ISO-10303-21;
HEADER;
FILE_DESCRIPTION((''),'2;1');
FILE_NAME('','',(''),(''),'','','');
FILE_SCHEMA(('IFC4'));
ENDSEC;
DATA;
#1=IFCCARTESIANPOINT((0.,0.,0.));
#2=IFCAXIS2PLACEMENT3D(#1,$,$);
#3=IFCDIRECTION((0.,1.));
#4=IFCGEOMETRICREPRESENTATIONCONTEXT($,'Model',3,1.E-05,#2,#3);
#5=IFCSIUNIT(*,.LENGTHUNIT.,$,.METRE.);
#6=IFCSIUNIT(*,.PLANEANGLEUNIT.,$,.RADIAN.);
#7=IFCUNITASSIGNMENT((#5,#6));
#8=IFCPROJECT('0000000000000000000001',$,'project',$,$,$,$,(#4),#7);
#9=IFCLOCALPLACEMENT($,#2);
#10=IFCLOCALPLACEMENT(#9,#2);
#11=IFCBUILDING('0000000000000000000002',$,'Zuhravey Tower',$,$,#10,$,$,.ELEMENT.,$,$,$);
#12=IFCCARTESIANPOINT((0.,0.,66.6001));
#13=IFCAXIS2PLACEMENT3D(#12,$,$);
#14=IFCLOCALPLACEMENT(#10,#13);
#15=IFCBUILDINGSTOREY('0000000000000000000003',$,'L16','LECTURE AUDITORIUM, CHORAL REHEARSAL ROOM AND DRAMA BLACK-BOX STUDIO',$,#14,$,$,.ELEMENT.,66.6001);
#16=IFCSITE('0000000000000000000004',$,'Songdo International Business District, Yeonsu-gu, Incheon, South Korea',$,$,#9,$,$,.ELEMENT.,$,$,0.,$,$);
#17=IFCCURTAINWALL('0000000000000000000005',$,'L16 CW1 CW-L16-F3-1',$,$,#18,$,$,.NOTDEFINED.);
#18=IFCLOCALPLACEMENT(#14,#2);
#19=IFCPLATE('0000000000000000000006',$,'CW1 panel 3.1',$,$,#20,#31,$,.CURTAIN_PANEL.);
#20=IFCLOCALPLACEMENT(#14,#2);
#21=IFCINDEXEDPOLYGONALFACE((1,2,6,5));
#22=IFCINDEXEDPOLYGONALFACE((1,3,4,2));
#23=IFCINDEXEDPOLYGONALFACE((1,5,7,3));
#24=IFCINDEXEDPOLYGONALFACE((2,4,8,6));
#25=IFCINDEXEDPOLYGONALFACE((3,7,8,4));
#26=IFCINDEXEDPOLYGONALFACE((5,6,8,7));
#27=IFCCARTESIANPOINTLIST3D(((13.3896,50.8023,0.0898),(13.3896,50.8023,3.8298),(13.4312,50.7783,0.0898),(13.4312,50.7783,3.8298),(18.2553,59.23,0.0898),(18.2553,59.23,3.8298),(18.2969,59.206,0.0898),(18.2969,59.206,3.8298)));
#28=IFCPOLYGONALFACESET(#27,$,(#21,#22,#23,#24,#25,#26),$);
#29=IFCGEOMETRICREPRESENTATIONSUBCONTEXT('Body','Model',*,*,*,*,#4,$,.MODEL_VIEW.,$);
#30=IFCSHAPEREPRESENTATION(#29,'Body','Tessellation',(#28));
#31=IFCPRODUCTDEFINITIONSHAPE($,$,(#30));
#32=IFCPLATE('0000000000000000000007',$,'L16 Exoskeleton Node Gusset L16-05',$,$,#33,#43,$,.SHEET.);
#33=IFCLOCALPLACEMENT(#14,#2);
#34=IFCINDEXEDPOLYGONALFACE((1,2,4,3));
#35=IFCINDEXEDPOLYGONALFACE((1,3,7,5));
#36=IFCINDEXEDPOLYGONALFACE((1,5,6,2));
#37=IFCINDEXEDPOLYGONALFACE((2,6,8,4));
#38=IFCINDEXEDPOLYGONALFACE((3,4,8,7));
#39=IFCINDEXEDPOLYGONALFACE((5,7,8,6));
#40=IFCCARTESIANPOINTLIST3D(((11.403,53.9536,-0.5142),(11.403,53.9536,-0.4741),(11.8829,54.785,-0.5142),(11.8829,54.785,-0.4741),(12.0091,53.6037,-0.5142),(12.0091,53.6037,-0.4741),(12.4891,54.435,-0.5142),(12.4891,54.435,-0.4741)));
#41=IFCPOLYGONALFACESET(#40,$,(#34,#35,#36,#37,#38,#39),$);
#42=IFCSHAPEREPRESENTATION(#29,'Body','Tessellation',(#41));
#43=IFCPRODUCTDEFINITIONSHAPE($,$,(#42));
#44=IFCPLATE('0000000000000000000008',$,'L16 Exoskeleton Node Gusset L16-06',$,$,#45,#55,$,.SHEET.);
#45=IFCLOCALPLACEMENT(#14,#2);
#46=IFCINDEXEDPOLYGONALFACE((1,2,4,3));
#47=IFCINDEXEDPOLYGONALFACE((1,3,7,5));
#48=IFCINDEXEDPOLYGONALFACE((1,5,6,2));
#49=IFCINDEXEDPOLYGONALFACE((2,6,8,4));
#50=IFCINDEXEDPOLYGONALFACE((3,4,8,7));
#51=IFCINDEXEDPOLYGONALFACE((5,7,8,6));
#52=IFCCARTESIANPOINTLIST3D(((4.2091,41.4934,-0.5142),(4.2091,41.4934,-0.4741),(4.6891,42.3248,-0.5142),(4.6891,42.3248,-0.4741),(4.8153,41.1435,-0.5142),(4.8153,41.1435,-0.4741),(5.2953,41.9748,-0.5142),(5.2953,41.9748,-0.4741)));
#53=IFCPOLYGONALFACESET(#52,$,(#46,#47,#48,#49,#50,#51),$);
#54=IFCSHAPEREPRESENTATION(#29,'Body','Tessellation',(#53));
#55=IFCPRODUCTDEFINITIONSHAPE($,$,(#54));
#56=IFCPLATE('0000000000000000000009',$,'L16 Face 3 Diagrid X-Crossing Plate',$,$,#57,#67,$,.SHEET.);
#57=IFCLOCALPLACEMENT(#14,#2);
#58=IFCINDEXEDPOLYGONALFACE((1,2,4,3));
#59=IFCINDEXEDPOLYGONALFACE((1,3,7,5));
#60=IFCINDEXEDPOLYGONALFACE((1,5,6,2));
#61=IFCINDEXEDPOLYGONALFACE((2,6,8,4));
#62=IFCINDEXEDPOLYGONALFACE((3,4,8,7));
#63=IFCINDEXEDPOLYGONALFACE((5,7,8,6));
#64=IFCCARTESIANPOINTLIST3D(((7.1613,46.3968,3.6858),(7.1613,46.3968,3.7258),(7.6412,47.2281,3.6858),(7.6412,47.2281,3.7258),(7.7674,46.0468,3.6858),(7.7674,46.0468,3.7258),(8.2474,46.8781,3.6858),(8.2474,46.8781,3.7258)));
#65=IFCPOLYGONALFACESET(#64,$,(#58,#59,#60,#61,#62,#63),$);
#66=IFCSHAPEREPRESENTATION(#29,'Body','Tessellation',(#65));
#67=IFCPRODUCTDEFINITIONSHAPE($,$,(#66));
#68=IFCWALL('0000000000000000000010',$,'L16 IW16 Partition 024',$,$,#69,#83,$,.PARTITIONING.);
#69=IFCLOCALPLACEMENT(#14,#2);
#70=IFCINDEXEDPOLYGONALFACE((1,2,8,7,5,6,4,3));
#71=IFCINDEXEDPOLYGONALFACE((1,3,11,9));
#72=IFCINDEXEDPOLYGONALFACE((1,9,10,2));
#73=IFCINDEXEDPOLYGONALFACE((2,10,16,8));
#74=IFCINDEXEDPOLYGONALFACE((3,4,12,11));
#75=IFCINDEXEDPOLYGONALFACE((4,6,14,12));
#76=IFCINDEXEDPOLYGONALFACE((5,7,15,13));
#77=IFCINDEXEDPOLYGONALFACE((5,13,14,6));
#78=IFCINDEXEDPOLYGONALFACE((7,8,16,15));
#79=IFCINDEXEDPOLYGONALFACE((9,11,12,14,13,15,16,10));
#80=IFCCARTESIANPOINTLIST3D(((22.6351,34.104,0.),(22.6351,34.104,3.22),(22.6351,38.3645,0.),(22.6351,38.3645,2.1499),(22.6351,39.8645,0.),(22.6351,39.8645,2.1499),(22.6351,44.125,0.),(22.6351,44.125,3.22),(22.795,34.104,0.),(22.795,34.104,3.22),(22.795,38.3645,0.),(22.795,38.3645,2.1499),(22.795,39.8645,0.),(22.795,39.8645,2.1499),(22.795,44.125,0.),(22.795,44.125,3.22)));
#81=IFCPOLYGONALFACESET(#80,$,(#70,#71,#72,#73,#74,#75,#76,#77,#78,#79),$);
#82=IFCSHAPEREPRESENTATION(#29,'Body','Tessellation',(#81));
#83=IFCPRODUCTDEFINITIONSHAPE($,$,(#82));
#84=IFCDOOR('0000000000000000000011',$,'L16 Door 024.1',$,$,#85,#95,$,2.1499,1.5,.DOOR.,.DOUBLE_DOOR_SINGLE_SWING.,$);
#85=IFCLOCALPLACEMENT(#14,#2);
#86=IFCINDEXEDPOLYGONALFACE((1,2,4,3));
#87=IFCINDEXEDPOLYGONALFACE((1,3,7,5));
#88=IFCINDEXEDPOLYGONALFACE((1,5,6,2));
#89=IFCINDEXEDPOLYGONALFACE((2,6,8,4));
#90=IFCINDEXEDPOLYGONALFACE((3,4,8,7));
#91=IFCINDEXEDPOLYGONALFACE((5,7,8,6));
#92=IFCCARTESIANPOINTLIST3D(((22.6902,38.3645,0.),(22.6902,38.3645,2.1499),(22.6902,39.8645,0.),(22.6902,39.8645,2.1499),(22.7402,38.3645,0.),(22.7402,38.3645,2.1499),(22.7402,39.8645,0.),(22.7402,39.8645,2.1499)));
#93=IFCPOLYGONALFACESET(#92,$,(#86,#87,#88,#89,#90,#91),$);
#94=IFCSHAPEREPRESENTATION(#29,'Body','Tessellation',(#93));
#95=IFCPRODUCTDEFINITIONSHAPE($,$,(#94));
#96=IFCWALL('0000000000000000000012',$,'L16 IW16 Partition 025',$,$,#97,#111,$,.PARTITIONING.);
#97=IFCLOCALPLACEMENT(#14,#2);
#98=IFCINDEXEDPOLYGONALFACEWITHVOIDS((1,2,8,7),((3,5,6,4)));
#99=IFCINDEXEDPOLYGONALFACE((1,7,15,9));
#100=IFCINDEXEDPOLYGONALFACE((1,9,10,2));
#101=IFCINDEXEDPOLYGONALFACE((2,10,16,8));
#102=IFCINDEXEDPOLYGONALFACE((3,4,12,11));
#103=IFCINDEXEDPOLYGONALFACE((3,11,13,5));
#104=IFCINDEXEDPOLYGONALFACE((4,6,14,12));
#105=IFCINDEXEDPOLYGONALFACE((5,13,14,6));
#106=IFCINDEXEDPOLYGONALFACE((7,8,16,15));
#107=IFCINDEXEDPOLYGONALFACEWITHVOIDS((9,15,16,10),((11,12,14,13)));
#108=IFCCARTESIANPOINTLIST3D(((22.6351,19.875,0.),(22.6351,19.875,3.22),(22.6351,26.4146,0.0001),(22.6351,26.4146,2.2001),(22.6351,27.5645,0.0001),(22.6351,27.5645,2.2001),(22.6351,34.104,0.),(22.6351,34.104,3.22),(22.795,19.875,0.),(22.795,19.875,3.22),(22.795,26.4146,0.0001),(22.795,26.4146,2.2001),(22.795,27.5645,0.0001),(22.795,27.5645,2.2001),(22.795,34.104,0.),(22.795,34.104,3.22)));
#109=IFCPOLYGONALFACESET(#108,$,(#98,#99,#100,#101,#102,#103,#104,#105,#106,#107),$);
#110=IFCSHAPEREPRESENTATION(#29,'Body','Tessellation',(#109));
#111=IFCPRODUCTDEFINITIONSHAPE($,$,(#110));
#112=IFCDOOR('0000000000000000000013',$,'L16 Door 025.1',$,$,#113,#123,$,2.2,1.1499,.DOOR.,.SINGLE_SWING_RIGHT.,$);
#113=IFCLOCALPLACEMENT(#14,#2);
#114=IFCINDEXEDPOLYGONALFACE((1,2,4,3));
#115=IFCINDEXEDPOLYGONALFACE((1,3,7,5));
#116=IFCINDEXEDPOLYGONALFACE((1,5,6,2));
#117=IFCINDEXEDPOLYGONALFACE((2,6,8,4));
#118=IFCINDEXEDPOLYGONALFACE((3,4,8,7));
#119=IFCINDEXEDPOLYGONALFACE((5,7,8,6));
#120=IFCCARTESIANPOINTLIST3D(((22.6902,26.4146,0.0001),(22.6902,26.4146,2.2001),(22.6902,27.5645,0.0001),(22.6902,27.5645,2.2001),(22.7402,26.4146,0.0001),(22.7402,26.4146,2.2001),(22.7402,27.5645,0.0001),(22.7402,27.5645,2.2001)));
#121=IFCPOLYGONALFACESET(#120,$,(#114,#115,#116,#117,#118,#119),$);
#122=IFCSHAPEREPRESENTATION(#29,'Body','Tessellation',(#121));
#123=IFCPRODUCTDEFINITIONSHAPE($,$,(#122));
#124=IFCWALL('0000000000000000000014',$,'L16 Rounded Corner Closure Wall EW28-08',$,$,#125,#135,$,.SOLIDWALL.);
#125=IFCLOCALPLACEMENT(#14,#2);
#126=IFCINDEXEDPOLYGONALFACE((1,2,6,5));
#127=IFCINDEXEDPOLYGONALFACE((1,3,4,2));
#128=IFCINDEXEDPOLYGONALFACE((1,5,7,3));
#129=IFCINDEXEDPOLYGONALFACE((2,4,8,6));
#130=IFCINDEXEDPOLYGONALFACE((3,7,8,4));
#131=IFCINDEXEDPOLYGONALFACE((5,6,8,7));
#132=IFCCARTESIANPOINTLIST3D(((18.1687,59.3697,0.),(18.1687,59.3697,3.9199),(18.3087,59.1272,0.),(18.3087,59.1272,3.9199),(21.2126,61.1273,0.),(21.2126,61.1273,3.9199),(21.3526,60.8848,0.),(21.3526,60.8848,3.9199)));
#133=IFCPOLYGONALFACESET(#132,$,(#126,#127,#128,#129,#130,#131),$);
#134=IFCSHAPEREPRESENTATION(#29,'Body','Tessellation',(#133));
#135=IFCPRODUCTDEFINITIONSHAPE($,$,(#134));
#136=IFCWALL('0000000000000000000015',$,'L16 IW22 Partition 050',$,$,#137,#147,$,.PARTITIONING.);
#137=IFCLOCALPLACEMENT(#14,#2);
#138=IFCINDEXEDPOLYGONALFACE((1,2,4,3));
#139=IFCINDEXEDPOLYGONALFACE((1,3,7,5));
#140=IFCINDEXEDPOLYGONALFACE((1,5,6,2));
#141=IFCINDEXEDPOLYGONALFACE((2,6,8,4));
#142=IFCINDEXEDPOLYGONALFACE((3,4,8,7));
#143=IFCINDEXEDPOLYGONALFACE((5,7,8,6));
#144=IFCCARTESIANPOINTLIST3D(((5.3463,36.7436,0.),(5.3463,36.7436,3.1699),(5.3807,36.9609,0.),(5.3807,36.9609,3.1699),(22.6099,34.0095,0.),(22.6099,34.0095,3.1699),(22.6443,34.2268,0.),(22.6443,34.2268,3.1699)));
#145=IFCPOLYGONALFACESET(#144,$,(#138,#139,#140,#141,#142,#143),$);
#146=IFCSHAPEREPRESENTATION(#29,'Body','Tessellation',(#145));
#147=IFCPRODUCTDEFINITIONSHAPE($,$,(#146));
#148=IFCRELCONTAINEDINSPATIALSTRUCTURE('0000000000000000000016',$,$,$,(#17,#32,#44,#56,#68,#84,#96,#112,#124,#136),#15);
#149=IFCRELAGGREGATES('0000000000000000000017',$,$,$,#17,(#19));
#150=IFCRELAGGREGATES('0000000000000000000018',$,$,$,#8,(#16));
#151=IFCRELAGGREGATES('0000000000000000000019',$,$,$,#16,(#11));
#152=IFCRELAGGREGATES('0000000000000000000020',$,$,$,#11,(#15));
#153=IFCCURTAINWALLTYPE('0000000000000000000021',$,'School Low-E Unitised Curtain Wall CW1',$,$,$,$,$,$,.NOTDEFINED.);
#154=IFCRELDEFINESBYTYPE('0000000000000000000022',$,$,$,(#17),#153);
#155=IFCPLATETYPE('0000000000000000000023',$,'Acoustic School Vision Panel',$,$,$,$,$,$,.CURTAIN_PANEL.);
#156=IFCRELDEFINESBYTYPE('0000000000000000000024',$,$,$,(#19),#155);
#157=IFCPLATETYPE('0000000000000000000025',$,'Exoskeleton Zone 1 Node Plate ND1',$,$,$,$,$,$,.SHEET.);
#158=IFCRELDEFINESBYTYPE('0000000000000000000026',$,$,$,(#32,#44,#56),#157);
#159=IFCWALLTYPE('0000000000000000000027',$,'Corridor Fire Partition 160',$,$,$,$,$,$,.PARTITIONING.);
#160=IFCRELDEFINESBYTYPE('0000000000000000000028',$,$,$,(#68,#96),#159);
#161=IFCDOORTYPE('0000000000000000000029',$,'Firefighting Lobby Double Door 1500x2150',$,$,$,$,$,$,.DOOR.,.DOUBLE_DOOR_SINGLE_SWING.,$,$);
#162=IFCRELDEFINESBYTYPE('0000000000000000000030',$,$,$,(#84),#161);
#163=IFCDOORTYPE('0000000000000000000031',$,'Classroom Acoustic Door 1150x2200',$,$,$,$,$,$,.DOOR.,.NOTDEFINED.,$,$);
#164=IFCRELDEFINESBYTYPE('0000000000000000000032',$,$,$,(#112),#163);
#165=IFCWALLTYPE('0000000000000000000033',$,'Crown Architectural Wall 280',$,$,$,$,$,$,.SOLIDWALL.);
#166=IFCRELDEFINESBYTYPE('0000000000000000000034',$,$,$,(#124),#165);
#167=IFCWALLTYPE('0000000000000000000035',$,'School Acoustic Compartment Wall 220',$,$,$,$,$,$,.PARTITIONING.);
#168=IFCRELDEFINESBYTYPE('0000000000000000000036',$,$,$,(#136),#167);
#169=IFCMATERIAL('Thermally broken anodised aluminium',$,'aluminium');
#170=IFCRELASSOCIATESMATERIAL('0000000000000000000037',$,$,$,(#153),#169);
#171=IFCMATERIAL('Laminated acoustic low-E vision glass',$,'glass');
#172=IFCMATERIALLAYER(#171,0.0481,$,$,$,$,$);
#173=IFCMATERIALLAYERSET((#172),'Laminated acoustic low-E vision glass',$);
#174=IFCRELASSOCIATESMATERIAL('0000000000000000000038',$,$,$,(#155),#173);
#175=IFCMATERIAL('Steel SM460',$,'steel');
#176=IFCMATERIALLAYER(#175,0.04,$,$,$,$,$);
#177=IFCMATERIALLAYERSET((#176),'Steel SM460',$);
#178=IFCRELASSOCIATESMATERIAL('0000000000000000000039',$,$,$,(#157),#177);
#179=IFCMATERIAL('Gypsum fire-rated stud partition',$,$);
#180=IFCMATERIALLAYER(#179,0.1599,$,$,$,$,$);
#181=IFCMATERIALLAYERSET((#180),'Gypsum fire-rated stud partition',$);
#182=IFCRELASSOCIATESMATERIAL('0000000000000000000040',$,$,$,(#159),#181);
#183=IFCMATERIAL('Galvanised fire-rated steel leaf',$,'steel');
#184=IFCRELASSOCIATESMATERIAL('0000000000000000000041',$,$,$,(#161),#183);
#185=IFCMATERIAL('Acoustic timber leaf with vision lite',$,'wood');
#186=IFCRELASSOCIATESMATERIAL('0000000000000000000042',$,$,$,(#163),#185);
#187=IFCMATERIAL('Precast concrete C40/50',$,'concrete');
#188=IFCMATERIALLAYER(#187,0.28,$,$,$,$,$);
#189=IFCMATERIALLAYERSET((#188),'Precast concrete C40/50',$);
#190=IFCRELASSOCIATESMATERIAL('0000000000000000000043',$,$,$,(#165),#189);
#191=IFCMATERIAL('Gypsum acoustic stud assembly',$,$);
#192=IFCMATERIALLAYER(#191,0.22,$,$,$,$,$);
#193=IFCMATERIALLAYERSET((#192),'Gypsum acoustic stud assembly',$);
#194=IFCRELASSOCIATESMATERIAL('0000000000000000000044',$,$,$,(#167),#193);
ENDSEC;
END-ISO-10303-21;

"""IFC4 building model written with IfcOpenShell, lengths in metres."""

from ifc_helpers import new_model, si_unit, direction, frame, frame_2d, origin, origin_2d, place, context, subcontext, project, spatial, rectangle, extrude, material, layer, layer_set, type_object, element, fill, aggregate, save


model = new_model("IFC4")

# Units and contexts
model_context = context("Model", 3, precision=1e-05, world=origin(), true_north=direction((0.0, 1.0)))
body_context = subcontext(model_context, "Body", "Model", "MODEL_VIEW")
ifc_project = project(units=[si_unit("LENGTHUNIT", "METRE"), si_unit("PLANEANGLEUNIT", "RADIAN")], contexts=[model_context])

# Site, building, storey
site_placement = place(None, origin())
site = spatial("IfcSite", under=ifc_project, at=site_placement, Name="Songdo International Business District, Yeonsu-gu, Incheon, South Korea", CompositionType="ELEMENT", RefElevation=0.0)
building_placement = place(site_placement, origin())
building = spatial("IfcBuilding", under=site, at=building_placement, Name="Zuhravey Tower", CompositionType="ELEMENT")
storey_placement = place(building_placement, frame((0.0, 0.0, 66.6001)))
storey = spatial("IfcBuildingStorey", under=building, at=storey_placement, Name="L16", Description="LECTURE AUDITORIUM, CHORAL REHEARSAL ROOM AND DRAMA BLACK-BOX STUDIO", CompositionType="ELEMENT", Elevation=66.6001)

# Curtain wall
ifc_material_1 = material(Name="Thermally broken anodised aluminium", Category="aluminium")
curtain_wall_type = type_object("IfcCurtainWallType", Name="School Low-E Unitised Curtain Wall CW1", PredefinedType="NOTDEFINED", material=ifc_material_1)
curtain_wall_1_placement = place(storey_placement, origin())
curtain_wall_1 = element("IfcCurtainWall", 1, at=curtain_wall_1_placement, inside=storey, type_object=curtain_wall_type, Name="L16 CW1 CW-L16-F3-1", PredefinedType="NOTDEFINED")

# Shared definitions
ifc_material_2 = material(Name="Steel SM460", Category="steel")

# Plate
ifc_material_3 = material(Name="Laminated acoustic low-E vision glass", Category="glass")
ifc_layer_1 = layer(ifc_material_3, 0.0481)
ifc_layer_set_1 = layer_set([ifc_layer_1], Name="Laminated acoustic low-E vision glass")
plate_type_1 = type_object("IfcPlateType", Name="Acoustic School Vision Panel", PredefinedType="CURTAIN_PANEL", material=ifc_layer_set_1)
plate_1_placement = place(storey_placement, frame((15.8433, 55.0042, 0.0898), z_axis=(0.0, 0.0, 1.0), x_axis=(0.5, 0.866026, 0.0)))
plate_1 = element("IfcPlate", 2, at=plate_1_placement, type_object=plate_type_1, Name="CW1 panel 3.1", PredefinedType="CURTAIN_PANEL", context=body_context, shape_type="SweptSolid", body=[
    extrude(rectangle(XDim=9.7314, YDim=0.0481, at=origin_2d()), origin(), (0.0, 0.0, 1.0), 3.74),
])
aggregate(curtain_wall_1, [plate_1])

# Plates
ifc_layer_2 = layer(ifc_material_2, 0.04)
ifc_layer_set_2 = layer_set([ifc_layer_2], Name="Steel SM460")
plate_type_2 = type_object("IfcPlateType", Name="Exoskeleton Zone 1 Node Plate ND1", PredefinedType="SHEET", material=ifc_layer_set_2)
for number, where, z_axis, x_axis, name in (
    (3, (11.946, 54.1943, -0.5142), (0.0, 0.0, 1.0), (-0.5, -0.866025, 0.0), "L16 Exoskeleton Node Gusset L16-05"),
    (4, (4.7522, 41.7341, -0.5142), (0.0, 0.0, 1.0), (-0.5, -0.866025, 0.0), "L16 Exoskeleton Node Gusset L16-06"),
    (5, (7.7043, 46.6375, 3.6858), (0.0, 0.0, 1.0), (-0.5, -0.866025, 0.0), "L16 Face 3 Diagrid X-Crossing Plate"),
):
    element("IfcPlate", number, at=place(storey_placement, frame(where, z_axis=z_axis, x_axis=x_axis)), inside=storey, type_object=plate_type_2, Name=name, PredefinedType="SHEET", context=body_context, shape_type="SweptSolid", body=[
        extrude(rectangle(XDim=0.96, YDim=0.7, at=origin_2d()), origin(), (0.0, 0.0, 1.0), 0.04),
    ])

# Walls, openings, doors
ifc_material_4 = material(Name="Gypsum fire-rated stud partition")
ifc_layer_3 = layer(ifc_material_4, 0.1599)
ifc_layer_set_3 = layer_set([ifc_layer_3], Name="Gypsum fire-rated stud partition")
wall_type_1 = type_object("IfcWallType", Name="Corridor Fire Partition 160", PredefinedType="PARTITIONING", material=ifc_layer_set_3)
wall_1_placement = place(storey_placement, frame((22.7151, 44.125, 0.0), z_axis=(0.0, 0.0, 1.0), x_axis=(0.0, -1.0, 0.0)))
wall_1 = element("IfcWall", 6, at=wall_1_placement, inside=storey, type_object=wall_type_1, Name="L16 IW16 Partition 024", PredefinedType="PARTITIONING", context=body_context, shape_type="SweptSolid", body=[
    extrude(rectangle(XDim=10.021, YDim=0.1599, at=frame_2d((5.0105, 0.0))), origin(), (0.0, 0.0, 1.0), 3.22),
])
opening_1_placement = place(wall_1_placement, frame((4.2605, 0.0, 0.0)))
opening_1 = element("IfcOpeningElement", 7, at=opening_1_placement, cuts=wall_1, PredefinedType="OPENING", context=body_context, shape_type="SweptSolid", body=[
    extrude(rectangle(XDim=1.5, YDim=2.1499, at=frame_2d((0.75, 1.075))), frame((0.0, 0.092, 0.0), z_axis=(0.0, -1.0, 0.0), x_axis=(1.0, 0.0, 0.0)), (0.0, 0.0, 1.0), 0.1838),
])
ifc_material_5 = material(Name="Galvanised fire-rated steel leaf", Category="steel")
door_type_1 = type_object("IfcDoorType", Name="Firefighting Lobby Double Door 1500x2150", OperationType="DOUBLE_DOOR_SINGLE_SWING", PredefinedType="DOOR", material=ifc_material_5)
door_1_placement = place(opening_1_placement, frame((1.5, 0.0, 0.0), z_axis=(0.0, 0.0, 1.0), x_axis=(-1.0, 0.0, 0.0)))
door_1 = element("IfcDoor", 8, at=door_1_placement, inside=storey, type_object=door_type_1, Name="L16 Door 024.1", OperationType="DOUBLE_DOOR_SINGLE_SWING", OverallHeight=2.1499, OverallWidth=1.5, PredefinedType="DOOR", context=body_context, shape_type="SweptSolid", body=[
    extrude(rectangle(XDim=1.5, YDim=2.1499, at=frame_2d((0.75, 1.075))), frame((0.0, 0.0249, 0.0), z_axis=(0.0, -1.0, 0.0), x_axis=(1.0, 0.0, 0.0)), (0.0, 0.0, 1.0), 0.05),
])
fill(opening_1, door_1)
wall_2_placement = place(storey_placement, frame((22.7151, 34.104, 0.0), z_axis=(0.0, 0.0, 1.0), x_axis=(0.0, -1.0, 0.0)))
wall_2 = element("IfcWall", 9, at=wall_2_placement, inside=storey, type_object=wall_type_1, Name="L16 IW16 Partition 025", PredefinedType="PARTITIONING", context=body_context, shape_type="SweptSolid", body=[
    extrude(rectangle(XDim=14.229, YDim=0.1599, at=frame_2d((7.1145, 0.0))), origin(), (0.0, 0.0, 1.0), 3.22),
])
opening_2_placement = place(wall_2_placement, frame((6.5396, 0.0, 0.0)))
opening_2 = element("IfcOpeningElement", 10, at=opening_2_placement, cuts=wall_2, PredefinedType="OPENING", context=body_context, shape_type="SweptSolid", body=[
    extrude(rectangle(XDim=1.1499, YDim=2.2, at=frame_2d((0.575, 1.1001))), frame((0.0, 0.092, 0.0), z_axis=(0.0, -1.0, 0.0), x_axis=(1.0, 0.0, 0.0)), (0.0, 0.0, 1.0), 0.1838),
])
ifc_material_6 = material(Name="Acoustic timber leaf with vision lite", Category="wood")
door_type_2 = type_object("IfcDoorType", Name="Classroom Acoustic Door 1150x2200", OperationType="NOTDEFINED", PredefinedType="DOOR", material=ifc_material_6)
door_2_placement = place(opening_2_placement, frame((1.1499, 0.0, 0.0), z_axis=(0.0, 0.0, 1.0), x_axis=(-1.0, 0.0, 0.0)))
door_2 = element("IfcDoor", 11, at=door_2_placement, inside=storey, type_object=door_type_2, Name="L16 Door 025.1", OperationType="SINGLE_SWING_RIGHT", OverallHeight=2.2, OverallWidth=1.1499, PredefinedType="DOOR", context=body_context, shape_type="SweptSolid", body=[
    extrude(rectangle(XDim=1.1499, YDim=2.2, at=frame_2d((0.575, 1.1001))), frame((0.0, 0.0249, 0.0), z_axis=(0.0, -1.0, 0.0), x_axis=(1.0, 0.0, 0.0)), (0.0, 0.0, 1.0), 0.05),
])
fill(opening_2, door_2)

# Walls
ifc_material_7 = material(Name="Precast concrete C40/50", Category="concrete")
ifc_layer_4 = layer(ifc_material_7, 0.28)
ifc_layer_set_4 = layer_set([ifc_layer_4], Name="Precast concrete C40/50")
wall_type_2 = type_object("IfcWallType", Name="Crown Architectural Wall 280", PredefinedType="SOLIDWALL", material=ifc_layer_set_4)
wall_3_placement = place(storey_placement, frame((18.2388, 59.2485, 0.0), z_axis=(0.0, 0.0, 1.0), x_axis=(0.866007, 0.500031, 0.0)))
element("IfcWall", 12, at=wall_3_placement, inside=storey, type_object=wall_type_2, Name="L16 Rounded Corner Closure Wall EW28-08", PredefinedType="SOLIDWALL", context=body_context, shape_type="SweptSolid", body=[
    extrude(rectangle(XDim=3.5149, YDim=0.28, at=frame_2d((1.7573, 0.0))), origin(), (0.0, 0.0, 1.0), 3.9199),
])
ifc_material_8 = material(Name="Gypsum acoustic stud assembly")
ifc_layer_5 = layer(ifc_material_8, 0.22)
ifc_layer_set_5 = layer_set([ifc_layer_5], Name="Gypsum acoustic stud assembly")
wall_type_3 = type_object("IfcWallType", Name="School Acoustic Compartment Wall 220", PredefinedType="PARTITIONING", material=ifc_layer_set_5)
wall_4_placement = place(storey_placement, frame((22.627, 34.1182, 0.0), z_axis=(0.0, 0.0, 1.0), x_axis=(-0.98769, 0.156425, 0.0)))
element("IfcWall", 13, at=wall_4_placement, inside=storey, type_object=wall_type_3, Name="L16 IW22 Partition 050", PredefinedType="PARTITIONING", context=body_context, shape_type="SweptSolid", body=[
    extrude(rectangle(XDim=17.4788, YDim=0.22, at=frame_2d((8.7393, 0.0))), origin(), (0.0, 0.0, 1.0), 3.1699),
])

save(model, "model.ifc")
